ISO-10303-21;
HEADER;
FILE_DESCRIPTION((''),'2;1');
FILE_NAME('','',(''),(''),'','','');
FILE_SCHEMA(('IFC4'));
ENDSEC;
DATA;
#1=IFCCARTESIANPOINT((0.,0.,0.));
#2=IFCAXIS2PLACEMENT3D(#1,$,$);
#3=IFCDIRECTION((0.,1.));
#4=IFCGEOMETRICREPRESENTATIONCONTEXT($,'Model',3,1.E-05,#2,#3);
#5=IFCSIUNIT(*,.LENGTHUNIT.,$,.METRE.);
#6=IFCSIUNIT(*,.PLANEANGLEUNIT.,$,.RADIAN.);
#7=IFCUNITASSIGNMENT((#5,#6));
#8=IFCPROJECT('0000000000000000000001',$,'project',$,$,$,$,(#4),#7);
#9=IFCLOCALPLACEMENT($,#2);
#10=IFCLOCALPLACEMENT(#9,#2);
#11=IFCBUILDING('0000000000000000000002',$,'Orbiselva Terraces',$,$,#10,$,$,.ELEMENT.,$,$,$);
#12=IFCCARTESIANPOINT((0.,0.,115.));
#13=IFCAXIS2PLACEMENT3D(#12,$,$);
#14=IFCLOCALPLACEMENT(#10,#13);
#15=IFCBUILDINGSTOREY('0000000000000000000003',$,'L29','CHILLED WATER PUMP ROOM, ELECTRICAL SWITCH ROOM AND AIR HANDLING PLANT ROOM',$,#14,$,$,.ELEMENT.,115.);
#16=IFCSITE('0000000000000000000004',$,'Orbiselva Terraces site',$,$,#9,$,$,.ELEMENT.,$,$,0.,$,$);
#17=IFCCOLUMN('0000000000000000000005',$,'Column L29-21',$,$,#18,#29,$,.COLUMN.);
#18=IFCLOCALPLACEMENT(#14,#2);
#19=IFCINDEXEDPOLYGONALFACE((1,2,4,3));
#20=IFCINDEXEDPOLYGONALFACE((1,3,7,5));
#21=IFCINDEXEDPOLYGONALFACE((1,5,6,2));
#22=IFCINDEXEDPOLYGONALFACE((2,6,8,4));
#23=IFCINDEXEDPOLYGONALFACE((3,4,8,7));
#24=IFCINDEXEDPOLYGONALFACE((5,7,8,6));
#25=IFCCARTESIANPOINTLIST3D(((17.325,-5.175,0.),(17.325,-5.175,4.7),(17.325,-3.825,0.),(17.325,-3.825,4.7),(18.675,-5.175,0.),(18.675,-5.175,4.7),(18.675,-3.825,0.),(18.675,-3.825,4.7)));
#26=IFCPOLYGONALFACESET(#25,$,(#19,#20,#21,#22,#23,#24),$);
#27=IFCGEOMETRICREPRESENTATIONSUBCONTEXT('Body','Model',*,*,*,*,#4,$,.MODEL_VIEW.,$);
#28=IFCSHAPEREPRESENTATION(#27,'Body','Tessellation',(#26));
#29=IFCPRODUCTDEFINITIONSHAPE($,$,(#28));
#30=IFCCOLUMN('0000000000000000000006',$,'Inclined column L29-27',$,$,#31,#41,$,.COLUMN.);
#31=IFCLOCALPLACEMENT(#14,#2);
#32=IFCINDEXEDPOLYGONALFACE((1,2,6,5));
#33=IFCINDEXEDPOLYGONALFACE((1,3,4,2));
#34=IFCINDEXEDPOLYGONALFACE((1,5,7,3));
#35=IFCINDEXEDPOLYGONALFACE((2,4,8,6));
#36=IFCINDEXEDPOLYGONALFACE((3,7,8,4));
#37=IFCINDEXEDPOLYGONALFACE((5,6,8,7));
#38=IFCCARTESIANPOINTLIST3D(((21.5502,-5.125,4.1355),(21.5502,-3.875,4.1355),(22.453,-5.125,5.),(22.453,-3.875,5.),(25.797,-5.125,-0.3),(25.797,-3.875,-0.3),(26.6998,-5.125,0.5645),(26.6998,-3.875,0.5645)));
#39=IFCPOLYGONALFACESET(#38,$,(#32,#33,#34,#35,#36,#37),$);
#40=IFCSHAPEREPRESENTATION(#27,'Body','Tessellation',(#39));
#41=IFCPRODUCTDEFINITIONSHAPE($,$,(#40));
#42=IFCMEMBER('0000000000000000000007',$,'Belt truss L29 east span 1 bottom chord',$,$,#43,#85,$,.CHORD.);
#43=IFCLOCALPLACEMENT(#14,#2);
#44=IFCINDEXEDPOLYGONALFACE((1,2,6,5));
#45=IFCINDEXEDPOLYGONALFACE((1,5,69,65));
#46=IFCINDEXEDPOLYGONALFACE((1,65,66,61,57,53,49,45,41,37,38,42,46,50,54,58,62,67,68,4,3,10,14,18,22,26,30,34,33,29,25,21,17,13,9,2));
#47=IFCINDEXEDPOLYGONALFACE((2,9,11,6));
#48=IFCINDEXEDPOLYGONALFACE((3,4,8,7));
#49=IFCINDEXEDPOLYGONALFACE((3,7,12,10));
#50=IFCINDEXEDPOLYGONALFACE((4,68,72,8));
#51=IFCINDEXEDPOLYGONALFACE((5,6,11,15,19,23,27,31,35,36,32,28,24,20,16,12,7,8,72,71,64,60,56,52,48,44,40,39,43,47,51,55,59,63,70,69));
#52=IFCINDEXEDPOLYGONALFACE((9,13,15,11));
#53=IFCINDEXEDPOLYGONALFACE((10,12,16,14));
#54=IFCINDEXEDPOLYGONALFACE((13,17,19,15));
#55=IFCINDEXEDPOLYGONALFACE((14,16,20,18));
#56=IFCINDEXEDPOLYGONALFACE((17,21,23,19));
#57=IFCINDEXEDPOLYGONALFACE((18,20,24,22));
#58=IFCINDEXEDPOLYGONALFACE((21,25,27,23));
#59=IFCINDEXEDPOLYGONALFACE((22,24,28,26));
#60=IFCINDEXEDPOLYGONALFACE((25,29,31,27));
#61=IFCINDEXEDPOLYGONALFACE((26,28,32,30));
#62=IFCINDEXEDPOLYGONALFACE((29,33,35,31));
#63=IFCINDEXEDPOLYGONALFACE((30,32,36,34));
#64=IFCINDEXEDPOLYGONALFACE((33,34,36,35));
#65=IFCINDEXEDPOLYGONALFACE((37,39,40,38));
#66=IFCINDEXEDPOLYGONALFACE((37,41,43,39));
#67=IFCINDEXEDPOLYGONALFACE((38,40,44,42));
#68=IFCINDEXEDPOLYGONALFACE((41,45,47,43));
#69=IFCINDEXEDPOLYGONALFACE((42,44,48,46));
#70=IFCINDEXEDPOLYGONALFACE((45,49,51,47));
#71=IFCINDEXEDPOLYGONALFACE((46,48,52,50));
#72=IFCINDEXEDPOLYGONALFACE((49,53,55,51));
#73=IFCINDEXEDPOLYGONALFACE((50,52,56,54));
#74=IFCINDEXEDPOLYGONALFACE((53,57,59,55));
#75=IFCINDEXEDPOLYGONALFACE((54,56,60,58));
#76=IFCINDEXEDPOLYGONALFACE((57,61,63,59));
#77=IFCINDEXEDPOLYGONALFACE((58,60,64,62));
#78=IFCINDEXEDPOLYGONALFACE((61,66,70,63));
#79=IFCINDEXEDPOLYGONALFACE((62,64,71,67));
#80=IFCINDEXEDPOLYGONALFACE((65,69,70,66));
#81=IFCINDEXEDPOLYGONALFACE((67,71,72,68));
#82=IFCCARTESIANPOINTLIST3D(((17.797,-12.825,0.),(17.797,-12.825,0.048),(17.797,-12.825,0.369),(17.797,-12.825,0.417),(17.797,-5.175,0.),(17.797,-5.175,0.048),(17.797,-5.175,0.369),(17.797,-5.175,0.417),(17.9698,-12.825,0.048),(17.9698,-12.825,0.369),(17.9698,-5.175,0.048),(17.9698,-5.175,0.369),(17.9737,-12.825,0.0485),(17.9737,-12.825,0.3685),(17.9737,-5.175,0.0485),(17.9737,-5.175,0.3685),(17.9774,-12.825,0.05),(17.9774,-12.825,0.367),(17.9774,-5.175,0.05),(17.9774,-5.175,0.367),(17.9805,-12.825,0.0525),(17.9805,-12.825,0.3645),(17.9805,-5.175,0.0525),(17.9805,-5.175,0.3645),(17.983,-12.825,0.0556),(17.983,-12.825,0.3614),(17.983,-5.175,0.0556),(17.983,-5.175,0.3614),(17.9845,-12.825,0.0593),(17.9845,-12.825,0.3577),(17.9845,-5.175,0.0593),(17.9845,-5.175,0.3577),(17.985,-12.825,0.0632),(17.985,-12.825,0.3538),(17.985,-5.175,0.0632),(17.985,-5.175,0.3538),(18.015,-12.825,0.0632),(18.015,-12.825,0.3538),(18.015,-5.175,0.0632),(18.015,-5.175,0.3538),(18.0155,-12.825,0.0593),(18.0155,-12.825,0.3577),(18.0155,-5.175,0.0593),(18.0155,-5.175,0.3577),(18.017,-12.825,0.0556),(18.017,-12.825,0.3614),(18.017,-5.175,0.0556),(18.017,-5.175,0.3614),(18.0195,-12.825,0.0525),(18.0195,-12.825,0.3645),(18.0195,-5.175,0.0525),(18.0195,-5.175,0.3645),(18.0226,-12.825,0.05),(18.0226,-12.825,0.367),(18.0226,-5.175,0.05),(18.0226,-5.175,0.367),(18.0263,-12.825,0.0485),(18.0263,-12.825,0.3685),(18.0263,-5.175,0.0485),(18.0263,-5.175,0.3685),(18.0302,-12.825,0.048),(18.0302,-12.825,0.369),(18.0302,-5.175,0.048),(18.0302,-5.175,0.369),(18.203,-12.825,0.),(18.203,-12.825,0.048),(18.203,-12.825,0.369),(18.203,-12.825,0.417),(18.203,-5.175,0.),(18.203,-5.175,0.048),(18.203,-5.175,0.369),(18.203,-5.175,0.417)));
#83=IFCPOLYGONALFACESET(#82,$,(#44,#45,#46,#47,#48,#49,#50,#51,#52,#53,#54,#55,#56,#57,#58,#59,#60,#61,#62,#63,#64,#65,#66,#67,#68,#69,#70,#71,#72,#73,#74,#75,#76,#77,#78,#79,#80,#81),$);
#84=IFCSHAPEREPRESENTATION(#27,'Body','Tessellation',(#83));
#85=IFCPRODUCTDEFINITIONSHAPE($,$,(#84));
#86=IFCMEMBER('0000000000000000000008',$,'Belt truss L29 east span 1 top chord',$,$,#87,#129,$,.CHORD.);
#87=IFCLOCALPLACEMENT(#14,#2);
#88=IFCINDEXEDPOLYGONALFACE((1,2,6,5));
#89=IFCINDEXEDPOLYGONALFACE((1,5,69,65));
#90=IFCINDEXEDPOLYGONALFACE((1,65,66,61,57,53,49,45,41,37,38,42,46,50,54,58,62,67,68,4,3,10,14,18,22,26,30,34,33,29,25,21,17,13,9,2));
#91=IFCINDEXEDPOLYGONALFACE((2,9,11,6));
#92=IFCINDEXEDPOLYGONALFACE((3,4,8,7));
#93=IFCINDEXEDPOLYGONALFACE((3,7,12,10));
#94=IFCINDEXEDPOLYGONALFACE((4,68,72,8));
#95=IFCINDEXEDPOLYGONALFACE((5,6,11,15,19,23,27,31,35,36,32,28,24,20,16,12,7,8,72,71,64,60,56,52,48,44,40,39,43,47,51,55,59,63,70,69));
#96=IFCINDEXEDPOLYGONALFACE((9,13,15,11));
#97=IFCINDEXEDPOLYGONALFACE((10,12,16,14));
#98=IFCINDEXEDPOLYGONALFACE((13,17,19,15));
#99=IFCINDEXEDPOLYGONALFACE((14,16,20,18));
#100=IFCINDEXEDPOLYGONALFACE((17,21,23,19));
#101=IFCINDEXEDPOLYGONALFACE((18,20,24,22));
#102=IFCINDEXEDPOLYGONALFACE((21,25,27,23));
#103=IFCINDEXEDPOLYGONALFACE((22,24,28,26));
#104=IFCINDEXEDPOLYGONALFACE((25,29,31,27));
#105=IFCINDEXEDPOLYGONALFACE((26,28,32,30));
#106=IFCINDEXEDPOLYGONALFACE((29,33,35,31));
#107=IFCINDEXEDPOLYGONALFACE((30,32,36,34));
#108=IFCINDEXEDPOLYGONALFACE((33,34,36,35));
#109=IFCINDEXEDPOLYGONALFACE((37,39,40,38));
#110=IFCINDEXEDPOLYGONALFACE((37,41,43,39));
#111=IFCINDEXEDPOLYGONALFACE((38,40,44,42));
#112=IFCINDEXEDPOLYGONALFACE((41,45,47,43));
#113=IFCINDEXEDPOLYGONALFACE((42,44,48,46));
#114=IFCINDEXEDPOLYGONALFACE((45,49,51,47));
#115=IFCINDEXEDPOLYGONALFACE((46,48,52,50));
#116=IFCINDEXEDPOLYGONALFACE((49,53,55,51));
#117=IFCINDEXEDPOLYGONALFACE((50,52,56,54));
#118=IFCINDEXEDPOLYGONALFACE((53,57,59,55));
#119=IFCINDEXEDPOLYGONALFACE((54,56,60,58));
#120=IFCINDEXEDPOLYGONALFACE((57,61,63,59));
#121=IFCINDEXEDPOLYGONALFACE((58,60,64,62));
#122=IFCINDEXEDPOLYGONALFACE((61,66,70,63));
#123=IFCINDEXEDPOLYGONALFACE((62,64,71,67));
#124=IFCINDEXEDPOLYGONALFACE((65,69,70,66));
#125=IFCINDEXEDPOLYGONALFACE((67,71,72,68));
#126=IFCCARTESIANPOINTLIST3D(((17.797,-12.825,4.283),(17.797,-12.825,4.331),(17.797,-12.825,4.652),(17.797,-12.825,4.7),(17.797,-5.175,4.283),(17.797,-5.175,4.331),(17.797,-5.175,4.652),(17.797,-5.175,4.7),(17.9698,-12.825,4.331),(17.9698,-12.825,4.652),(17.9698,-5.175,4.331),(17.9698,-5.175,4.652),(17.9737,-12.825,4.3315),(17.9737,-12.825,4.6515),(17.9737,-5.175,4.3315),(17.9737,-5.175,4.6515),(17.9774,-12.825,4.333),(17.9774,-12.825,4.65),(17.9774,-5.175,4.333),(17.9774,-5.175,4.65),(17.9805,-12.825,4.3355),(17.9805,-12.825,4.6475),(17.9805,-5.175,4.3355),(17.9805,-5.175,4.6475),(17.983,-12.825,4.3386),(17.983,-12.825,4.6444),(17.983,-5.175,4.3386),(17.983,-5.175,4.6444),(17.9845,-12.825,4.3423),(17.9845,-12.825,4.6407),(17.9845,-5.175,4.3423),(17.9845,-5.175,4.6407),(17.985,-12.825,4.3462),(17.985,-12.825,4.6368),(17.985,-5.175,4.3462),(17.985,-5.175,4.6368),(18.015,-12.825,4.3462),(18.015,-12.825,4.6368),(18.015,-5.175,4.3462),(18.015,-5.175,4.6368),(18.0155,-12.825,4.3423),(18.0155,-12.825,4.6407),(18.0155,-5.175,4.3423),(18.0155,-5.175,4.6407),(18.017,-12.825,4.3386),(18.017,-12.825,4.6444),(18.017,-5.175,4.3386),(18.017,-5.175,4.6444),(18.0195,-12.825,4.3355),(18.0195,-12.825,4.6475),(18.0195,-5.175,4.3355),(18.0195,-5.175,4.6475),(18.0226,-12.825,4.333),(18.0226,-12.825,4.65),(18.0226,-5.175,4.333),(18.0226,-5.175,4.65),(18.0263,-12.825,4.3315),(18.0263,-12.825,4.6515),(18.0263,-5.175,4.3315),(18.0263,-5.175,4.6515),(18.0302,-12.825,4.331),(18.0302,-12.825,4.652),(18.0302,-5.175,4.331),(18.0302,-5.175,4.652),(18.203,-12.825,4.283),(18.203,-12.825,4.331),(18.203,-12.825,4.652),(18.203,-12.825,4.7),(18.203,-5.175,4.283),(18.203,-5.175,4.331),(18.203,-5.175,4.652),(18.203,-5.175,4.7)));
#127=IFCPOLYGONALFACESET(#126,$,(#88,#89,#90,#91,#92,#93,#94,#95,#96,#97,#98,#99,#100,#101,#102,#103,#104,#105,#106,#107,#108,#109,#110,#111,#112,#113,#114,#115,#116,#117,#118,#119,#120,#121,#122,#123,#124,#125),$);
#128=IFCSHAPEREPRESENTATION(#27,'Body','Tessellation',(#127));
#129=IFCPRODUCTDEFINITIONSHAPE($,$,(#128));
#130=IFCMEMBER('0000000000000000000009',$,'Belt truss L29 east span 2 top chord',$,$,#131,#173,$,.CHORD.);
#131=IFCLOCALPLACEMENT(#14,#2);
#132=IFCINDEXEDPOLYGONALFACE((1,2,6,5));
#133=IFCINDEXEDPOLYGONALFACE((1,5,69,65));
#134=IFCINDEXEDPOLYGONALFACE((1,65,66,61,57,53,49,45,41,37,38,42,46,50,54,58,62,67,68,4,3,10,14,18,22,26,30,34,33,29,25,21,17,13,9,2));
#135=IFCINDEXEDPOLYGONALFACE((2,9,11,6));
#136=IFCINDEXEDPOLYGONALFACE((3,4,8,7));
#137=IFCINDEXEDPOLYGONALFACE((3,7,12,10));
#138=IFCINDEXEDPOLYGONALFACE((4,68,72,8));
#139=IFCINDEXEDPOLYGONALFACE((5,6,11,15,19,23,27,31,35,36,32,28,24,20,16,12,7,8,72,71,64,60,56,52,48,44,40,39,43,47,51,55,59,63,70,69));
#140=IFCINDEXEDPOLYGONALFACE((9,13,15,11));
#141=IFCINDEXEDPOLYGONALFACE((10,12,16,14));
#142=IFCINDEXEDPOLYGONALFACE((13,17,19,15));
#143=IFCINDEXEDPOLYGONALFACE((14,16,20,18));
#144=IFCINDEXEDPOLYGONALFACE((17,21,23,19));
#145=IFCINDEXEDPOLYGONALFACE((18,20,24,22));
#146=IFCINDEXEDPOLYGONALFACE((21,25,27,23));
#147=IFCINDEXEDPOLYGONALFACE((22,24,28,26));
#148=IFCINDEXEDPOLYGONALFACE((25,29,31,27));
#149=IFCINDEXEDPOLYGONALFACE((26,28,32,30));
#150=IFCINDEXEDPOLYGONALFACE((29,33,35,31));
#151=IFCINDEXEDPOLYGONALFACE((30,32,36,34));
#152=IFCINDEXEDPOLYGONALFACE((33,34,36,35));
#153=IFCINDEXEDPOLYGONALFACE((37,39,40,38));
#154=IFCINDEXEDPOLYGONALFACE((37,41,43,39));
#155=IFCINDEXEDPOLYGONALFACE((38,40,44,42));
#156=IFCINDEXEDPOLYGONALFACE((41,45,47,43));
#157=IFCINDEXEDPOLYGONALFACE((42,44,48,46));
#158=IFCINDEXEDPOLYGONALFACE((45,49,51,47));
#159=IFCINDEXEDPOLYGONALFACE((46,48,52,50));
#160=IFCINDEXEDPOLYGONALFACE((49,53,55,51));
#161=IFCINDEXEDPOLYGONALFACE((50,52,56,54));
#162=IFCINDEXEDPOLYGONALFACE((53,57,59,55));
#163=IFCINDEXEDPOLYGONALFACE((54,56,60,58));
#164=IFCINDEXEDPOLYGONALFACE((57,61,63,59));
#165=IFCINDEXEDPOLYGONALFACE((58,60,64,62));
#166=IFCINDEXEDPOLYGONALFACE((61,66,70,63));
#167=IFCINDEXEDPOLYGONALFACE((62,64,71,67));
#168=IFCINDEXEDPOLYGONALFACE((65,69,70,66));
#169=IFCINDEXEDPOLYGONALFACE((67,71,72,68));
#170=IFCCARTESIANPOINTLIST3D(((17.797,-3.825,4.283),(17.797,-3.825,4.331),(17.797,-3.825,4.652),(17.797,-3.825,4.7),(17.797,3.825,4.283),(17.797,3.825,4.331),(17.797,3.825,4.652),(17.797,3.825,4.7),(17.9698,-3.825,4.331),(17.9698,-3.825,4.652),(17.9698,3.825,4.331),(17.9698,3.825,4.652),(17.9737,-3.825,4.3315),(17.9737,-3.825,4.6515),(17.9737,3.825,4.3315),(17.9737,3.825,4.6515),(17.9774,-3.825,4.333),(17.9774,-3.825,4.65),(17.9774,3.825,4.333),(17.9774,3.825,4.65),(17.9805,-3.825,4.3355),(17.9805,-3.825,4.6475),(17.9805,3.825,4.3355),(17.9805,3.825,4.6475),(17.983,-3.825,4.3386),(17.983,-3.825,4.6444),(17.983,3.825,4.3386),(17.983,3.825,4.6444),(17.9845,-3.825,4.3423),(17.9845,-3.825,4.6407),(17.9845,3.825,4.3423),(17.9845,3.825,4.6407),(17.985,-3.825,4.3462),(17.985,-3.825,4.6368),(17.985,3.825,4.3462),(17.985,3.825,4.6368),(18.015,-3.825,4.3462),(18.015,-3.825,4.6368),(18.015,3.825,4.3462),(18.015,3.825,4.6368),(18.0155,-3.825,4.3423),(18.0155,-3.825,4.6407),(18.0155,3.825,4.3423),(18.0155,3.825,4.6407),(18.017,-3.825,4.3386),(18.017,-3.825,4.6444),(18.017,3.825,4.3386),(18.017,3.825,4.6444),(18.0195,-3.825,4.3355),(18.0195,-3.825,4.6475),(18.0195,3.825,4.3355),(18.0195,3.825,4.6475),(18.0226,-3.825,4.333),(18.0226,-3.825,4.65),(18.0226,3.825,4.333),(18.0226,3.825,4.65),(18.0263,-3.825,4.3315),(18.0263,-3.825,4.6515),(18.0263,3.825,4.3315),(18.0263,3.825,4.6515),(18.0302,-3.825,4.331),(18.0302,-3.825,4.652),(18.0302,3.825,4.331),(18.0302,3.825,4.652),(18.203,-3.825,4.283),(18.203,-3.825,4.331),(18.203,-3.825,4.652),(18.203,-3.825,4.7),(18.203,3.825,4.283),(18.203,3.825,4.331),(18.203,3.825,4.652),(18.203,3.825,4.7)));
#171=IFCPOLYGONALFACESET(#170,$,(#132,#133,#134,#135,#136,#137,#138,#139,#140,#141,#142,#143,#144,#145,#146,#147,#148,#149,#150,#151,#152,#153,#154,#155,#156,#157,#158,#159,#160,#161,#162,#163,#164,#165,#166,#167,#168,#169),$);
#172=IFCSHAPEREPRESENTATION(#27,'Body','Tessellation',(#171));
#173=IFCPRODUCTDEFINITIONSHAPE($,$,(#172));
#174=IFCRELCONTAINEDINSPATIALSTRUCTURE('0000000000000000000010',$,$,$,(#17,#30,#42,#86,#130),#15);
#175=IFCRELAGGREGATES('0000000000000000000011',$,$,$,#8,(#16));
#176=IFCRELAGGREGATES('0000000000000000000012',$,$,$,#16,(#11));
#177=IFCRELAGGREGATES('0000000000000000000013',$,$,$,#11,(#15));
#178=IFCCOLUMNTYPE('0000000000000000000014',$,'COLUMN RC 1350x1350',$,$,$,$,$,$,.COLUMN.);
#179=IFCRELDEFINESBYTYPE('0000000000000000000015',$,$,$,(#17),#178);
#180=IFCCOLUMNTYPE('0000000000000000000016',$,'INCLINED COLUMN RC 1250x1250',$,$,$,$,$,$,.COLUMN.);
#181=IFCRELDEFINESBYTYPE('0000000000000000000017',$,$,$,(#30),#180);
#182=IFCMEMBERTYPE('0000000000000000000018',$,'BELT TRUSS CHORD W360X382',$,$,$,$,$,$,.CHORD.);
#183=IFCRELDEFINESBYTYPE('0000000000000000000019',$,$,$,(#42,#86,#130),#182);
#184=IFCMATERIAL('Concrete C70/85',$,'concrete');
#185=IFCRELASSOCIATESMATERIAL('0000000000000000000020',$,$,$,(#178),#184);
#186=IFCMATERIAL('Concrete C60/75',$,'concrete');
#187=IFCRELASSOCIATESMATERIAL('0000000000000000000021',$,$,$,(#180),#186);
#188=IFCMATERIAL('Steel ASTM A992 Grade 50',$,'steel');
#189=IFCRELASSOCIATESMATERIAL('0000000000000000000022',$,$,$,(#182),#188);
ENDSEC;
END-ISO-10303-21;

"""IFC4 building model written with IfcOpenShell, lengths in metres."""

from ifc_helpers import new_model, si_unit, direction, frame, origin, origin_2d, place, context, subcontext, project, spatial, rectangle, i_section, extrude, material, material_profile, profile_set, type_object, element, save


model = new_model("IFC4")

# Units and contexts
model_context = context("Model", 3, precision=1e-05, world=origin(), true_north=direction((0.0, 1.0)))
body_context = subcontext(model_context, "Body", "Model", "MODEL_VIEW")
ifc_project = project(units=[si_unit("LENGTHUNIT", "METRE"), si_unit("PLANEANGLEUNIT", "RADIAN")], contexts=[model_context])

# Site, building, storey
site_placement = place(None, origin())
site = spatial("IfcSite", under=ifc_project, at=site_placement, Name="Orbiselva Terraces site", CompositionType="ELEMENT", RefElevation=0.0)
building_placement = place(site_placement, origin())
building = spatial("IfcBuilding", under=site, at=building_placement, Name="Orbiselva Terraces", CompositionType="ELEMENT")
storey_placement = place(building_placement, frame((0.0, 0.0, 115.0)))
storey = spatial("IfcBuildingStorey", under=building, at=storey_placement, Name="L29", Description="CHILLED WATER PUMP ROOM, ELECTRICAL SWITCH ROOM AND AIR HANDLING PLANT ROOM", CompositionType="ELEMENT", Elevation=115.0)

# Columns
ifc_material_1 = material(Name="Concrete C70/85", Category="concrete")
ifc_material_profile_1 = material_profile(ifc_material_1, rectangle(XDim=1.35, YDim=1.35, at=origin_2d()), Name="RC 1350x1350")
ifc_profile_set_1 = profile_set([ifc_material_profile_1], Name="Concrete C70/85")
column_type_1 = type_object("IfcColumnType", Name="COLUMN RC 1350x1350", PredefinedType="COLUMN", material=ifc_profile_set_1)
column_1_placement = place(storey_placement, frame((18.0, -4.5, 0.0), z_axis=(0.0, 0.0, 1.0), x_axis=(1.0, 0.0, 0.0)))
element("IfcColumn", 1, at=column_1_placement, inside=storey, type_object=column_type_1, Name="Column L29-21", PredefinedType="COLUMN", context=body_context, shape_type="SweptSolid", body=[
    extrude(rectangle(XDim=1.35, YDim=1.35, at=origin_2d()), origin(), (0.0, 0.0, 1.0), 4.7),
])
ifc_material_2 = material(Name="Concrete C60/75", Category="concrete")
ifc_material_profile_2 = material_profile(ifc_material_2, rectangle(XDim=1.25, YDim=1.25, at=origin_2d()), Name="RC 1250x1250")
ifc_profile_set_2 = profile_set([ifc_material_profile_2], Name="Concrete C60/75")
column_type_2 = type_object("IfcColumnType", Name="INCLINED COLUMN RC 1250x1250", PredefinedType="COLUMN", material=ifc_profile_set_2)
column_2_placement = place(storey_placement, frame((26.2484, -4.5, 0.1322), z_axis=(-0.691572, 0.0, 0.722308), x_axis=(0.0, -1.0, 0.0)))
element("IfcColumn", 2, at=column_2_placement, inside=storey, type_object=column_type_2, Name="Inclined column L29-27", PredefinedType="COLUMN", context=body_context, shape_type="SweptSolid", body=[
    extrude(rectangle(XDim=1.25, YDim=1.25, at=origin_2d()), origin(), (0.0, 0.0, 1.0), 6.1408),
])

# Members
ifc_material_3 = material(Name="Steel ASTM A992 Grade 50", Category="steel")
ifc_material_profile_3 = material_profile(ifc_material_3, i_section(OverallWidth=0.406, OverallDepth=0.417, WebThickness=0.03, FlangeThickness=0.048, FilletRadius=0.0152, at=origin_2d()), Name="W360X382")
ifc_profile_set_3 = profile_set([ifc_material_profile_3], Name="Steel ASTM A992 Grade 50")
member_type_1 = type_object("IfcMemberType", Name="BELT TRUSS CHORD W360X382", PredefinedType="CHORD", material=ifc_profile_set_3)
for number, where, z_axis, x_axis, name in (
    (3, (18.0, -12.825, 0.2085), (0.0, 1.0, 0.0), (-1.0, 0.0, 0.0), "Belt truss L29 east span 1 bottom chord"),
    (4, (18.0, -12.825, 4.4915), (0.0, 1.0, 0.0), (-1.0, 0.0, 0.0), "Belt truss L29 east span 1 top chord"),
    (5, (18.0, -3.825, 4.4915), (0.0, 1.0, 0.0), (-1.0, 0.0, 0.0), "Belt truss L29 east span 2 top chord"),
):
    element("IfcMember", number, at=place(storey_placement, frame(where, z_axis=z_axis, x_axis=x_axis)), inside=storey, type_object=member_type_1, Name=name, PredefinedType="CHORD", context=body_context, shape_type="SweptSolid", body=[
        extrude(i_section(OverallWidth=0.406, OverallDepth=0.417, WebThickness=0.03, FlangeThickness=0.048, FilletRadius=0.0152, at=origin_2d()), origin(), (0.0, 0.0, 1.0), 7.65),
    ])

save(model, "model.ifc")
